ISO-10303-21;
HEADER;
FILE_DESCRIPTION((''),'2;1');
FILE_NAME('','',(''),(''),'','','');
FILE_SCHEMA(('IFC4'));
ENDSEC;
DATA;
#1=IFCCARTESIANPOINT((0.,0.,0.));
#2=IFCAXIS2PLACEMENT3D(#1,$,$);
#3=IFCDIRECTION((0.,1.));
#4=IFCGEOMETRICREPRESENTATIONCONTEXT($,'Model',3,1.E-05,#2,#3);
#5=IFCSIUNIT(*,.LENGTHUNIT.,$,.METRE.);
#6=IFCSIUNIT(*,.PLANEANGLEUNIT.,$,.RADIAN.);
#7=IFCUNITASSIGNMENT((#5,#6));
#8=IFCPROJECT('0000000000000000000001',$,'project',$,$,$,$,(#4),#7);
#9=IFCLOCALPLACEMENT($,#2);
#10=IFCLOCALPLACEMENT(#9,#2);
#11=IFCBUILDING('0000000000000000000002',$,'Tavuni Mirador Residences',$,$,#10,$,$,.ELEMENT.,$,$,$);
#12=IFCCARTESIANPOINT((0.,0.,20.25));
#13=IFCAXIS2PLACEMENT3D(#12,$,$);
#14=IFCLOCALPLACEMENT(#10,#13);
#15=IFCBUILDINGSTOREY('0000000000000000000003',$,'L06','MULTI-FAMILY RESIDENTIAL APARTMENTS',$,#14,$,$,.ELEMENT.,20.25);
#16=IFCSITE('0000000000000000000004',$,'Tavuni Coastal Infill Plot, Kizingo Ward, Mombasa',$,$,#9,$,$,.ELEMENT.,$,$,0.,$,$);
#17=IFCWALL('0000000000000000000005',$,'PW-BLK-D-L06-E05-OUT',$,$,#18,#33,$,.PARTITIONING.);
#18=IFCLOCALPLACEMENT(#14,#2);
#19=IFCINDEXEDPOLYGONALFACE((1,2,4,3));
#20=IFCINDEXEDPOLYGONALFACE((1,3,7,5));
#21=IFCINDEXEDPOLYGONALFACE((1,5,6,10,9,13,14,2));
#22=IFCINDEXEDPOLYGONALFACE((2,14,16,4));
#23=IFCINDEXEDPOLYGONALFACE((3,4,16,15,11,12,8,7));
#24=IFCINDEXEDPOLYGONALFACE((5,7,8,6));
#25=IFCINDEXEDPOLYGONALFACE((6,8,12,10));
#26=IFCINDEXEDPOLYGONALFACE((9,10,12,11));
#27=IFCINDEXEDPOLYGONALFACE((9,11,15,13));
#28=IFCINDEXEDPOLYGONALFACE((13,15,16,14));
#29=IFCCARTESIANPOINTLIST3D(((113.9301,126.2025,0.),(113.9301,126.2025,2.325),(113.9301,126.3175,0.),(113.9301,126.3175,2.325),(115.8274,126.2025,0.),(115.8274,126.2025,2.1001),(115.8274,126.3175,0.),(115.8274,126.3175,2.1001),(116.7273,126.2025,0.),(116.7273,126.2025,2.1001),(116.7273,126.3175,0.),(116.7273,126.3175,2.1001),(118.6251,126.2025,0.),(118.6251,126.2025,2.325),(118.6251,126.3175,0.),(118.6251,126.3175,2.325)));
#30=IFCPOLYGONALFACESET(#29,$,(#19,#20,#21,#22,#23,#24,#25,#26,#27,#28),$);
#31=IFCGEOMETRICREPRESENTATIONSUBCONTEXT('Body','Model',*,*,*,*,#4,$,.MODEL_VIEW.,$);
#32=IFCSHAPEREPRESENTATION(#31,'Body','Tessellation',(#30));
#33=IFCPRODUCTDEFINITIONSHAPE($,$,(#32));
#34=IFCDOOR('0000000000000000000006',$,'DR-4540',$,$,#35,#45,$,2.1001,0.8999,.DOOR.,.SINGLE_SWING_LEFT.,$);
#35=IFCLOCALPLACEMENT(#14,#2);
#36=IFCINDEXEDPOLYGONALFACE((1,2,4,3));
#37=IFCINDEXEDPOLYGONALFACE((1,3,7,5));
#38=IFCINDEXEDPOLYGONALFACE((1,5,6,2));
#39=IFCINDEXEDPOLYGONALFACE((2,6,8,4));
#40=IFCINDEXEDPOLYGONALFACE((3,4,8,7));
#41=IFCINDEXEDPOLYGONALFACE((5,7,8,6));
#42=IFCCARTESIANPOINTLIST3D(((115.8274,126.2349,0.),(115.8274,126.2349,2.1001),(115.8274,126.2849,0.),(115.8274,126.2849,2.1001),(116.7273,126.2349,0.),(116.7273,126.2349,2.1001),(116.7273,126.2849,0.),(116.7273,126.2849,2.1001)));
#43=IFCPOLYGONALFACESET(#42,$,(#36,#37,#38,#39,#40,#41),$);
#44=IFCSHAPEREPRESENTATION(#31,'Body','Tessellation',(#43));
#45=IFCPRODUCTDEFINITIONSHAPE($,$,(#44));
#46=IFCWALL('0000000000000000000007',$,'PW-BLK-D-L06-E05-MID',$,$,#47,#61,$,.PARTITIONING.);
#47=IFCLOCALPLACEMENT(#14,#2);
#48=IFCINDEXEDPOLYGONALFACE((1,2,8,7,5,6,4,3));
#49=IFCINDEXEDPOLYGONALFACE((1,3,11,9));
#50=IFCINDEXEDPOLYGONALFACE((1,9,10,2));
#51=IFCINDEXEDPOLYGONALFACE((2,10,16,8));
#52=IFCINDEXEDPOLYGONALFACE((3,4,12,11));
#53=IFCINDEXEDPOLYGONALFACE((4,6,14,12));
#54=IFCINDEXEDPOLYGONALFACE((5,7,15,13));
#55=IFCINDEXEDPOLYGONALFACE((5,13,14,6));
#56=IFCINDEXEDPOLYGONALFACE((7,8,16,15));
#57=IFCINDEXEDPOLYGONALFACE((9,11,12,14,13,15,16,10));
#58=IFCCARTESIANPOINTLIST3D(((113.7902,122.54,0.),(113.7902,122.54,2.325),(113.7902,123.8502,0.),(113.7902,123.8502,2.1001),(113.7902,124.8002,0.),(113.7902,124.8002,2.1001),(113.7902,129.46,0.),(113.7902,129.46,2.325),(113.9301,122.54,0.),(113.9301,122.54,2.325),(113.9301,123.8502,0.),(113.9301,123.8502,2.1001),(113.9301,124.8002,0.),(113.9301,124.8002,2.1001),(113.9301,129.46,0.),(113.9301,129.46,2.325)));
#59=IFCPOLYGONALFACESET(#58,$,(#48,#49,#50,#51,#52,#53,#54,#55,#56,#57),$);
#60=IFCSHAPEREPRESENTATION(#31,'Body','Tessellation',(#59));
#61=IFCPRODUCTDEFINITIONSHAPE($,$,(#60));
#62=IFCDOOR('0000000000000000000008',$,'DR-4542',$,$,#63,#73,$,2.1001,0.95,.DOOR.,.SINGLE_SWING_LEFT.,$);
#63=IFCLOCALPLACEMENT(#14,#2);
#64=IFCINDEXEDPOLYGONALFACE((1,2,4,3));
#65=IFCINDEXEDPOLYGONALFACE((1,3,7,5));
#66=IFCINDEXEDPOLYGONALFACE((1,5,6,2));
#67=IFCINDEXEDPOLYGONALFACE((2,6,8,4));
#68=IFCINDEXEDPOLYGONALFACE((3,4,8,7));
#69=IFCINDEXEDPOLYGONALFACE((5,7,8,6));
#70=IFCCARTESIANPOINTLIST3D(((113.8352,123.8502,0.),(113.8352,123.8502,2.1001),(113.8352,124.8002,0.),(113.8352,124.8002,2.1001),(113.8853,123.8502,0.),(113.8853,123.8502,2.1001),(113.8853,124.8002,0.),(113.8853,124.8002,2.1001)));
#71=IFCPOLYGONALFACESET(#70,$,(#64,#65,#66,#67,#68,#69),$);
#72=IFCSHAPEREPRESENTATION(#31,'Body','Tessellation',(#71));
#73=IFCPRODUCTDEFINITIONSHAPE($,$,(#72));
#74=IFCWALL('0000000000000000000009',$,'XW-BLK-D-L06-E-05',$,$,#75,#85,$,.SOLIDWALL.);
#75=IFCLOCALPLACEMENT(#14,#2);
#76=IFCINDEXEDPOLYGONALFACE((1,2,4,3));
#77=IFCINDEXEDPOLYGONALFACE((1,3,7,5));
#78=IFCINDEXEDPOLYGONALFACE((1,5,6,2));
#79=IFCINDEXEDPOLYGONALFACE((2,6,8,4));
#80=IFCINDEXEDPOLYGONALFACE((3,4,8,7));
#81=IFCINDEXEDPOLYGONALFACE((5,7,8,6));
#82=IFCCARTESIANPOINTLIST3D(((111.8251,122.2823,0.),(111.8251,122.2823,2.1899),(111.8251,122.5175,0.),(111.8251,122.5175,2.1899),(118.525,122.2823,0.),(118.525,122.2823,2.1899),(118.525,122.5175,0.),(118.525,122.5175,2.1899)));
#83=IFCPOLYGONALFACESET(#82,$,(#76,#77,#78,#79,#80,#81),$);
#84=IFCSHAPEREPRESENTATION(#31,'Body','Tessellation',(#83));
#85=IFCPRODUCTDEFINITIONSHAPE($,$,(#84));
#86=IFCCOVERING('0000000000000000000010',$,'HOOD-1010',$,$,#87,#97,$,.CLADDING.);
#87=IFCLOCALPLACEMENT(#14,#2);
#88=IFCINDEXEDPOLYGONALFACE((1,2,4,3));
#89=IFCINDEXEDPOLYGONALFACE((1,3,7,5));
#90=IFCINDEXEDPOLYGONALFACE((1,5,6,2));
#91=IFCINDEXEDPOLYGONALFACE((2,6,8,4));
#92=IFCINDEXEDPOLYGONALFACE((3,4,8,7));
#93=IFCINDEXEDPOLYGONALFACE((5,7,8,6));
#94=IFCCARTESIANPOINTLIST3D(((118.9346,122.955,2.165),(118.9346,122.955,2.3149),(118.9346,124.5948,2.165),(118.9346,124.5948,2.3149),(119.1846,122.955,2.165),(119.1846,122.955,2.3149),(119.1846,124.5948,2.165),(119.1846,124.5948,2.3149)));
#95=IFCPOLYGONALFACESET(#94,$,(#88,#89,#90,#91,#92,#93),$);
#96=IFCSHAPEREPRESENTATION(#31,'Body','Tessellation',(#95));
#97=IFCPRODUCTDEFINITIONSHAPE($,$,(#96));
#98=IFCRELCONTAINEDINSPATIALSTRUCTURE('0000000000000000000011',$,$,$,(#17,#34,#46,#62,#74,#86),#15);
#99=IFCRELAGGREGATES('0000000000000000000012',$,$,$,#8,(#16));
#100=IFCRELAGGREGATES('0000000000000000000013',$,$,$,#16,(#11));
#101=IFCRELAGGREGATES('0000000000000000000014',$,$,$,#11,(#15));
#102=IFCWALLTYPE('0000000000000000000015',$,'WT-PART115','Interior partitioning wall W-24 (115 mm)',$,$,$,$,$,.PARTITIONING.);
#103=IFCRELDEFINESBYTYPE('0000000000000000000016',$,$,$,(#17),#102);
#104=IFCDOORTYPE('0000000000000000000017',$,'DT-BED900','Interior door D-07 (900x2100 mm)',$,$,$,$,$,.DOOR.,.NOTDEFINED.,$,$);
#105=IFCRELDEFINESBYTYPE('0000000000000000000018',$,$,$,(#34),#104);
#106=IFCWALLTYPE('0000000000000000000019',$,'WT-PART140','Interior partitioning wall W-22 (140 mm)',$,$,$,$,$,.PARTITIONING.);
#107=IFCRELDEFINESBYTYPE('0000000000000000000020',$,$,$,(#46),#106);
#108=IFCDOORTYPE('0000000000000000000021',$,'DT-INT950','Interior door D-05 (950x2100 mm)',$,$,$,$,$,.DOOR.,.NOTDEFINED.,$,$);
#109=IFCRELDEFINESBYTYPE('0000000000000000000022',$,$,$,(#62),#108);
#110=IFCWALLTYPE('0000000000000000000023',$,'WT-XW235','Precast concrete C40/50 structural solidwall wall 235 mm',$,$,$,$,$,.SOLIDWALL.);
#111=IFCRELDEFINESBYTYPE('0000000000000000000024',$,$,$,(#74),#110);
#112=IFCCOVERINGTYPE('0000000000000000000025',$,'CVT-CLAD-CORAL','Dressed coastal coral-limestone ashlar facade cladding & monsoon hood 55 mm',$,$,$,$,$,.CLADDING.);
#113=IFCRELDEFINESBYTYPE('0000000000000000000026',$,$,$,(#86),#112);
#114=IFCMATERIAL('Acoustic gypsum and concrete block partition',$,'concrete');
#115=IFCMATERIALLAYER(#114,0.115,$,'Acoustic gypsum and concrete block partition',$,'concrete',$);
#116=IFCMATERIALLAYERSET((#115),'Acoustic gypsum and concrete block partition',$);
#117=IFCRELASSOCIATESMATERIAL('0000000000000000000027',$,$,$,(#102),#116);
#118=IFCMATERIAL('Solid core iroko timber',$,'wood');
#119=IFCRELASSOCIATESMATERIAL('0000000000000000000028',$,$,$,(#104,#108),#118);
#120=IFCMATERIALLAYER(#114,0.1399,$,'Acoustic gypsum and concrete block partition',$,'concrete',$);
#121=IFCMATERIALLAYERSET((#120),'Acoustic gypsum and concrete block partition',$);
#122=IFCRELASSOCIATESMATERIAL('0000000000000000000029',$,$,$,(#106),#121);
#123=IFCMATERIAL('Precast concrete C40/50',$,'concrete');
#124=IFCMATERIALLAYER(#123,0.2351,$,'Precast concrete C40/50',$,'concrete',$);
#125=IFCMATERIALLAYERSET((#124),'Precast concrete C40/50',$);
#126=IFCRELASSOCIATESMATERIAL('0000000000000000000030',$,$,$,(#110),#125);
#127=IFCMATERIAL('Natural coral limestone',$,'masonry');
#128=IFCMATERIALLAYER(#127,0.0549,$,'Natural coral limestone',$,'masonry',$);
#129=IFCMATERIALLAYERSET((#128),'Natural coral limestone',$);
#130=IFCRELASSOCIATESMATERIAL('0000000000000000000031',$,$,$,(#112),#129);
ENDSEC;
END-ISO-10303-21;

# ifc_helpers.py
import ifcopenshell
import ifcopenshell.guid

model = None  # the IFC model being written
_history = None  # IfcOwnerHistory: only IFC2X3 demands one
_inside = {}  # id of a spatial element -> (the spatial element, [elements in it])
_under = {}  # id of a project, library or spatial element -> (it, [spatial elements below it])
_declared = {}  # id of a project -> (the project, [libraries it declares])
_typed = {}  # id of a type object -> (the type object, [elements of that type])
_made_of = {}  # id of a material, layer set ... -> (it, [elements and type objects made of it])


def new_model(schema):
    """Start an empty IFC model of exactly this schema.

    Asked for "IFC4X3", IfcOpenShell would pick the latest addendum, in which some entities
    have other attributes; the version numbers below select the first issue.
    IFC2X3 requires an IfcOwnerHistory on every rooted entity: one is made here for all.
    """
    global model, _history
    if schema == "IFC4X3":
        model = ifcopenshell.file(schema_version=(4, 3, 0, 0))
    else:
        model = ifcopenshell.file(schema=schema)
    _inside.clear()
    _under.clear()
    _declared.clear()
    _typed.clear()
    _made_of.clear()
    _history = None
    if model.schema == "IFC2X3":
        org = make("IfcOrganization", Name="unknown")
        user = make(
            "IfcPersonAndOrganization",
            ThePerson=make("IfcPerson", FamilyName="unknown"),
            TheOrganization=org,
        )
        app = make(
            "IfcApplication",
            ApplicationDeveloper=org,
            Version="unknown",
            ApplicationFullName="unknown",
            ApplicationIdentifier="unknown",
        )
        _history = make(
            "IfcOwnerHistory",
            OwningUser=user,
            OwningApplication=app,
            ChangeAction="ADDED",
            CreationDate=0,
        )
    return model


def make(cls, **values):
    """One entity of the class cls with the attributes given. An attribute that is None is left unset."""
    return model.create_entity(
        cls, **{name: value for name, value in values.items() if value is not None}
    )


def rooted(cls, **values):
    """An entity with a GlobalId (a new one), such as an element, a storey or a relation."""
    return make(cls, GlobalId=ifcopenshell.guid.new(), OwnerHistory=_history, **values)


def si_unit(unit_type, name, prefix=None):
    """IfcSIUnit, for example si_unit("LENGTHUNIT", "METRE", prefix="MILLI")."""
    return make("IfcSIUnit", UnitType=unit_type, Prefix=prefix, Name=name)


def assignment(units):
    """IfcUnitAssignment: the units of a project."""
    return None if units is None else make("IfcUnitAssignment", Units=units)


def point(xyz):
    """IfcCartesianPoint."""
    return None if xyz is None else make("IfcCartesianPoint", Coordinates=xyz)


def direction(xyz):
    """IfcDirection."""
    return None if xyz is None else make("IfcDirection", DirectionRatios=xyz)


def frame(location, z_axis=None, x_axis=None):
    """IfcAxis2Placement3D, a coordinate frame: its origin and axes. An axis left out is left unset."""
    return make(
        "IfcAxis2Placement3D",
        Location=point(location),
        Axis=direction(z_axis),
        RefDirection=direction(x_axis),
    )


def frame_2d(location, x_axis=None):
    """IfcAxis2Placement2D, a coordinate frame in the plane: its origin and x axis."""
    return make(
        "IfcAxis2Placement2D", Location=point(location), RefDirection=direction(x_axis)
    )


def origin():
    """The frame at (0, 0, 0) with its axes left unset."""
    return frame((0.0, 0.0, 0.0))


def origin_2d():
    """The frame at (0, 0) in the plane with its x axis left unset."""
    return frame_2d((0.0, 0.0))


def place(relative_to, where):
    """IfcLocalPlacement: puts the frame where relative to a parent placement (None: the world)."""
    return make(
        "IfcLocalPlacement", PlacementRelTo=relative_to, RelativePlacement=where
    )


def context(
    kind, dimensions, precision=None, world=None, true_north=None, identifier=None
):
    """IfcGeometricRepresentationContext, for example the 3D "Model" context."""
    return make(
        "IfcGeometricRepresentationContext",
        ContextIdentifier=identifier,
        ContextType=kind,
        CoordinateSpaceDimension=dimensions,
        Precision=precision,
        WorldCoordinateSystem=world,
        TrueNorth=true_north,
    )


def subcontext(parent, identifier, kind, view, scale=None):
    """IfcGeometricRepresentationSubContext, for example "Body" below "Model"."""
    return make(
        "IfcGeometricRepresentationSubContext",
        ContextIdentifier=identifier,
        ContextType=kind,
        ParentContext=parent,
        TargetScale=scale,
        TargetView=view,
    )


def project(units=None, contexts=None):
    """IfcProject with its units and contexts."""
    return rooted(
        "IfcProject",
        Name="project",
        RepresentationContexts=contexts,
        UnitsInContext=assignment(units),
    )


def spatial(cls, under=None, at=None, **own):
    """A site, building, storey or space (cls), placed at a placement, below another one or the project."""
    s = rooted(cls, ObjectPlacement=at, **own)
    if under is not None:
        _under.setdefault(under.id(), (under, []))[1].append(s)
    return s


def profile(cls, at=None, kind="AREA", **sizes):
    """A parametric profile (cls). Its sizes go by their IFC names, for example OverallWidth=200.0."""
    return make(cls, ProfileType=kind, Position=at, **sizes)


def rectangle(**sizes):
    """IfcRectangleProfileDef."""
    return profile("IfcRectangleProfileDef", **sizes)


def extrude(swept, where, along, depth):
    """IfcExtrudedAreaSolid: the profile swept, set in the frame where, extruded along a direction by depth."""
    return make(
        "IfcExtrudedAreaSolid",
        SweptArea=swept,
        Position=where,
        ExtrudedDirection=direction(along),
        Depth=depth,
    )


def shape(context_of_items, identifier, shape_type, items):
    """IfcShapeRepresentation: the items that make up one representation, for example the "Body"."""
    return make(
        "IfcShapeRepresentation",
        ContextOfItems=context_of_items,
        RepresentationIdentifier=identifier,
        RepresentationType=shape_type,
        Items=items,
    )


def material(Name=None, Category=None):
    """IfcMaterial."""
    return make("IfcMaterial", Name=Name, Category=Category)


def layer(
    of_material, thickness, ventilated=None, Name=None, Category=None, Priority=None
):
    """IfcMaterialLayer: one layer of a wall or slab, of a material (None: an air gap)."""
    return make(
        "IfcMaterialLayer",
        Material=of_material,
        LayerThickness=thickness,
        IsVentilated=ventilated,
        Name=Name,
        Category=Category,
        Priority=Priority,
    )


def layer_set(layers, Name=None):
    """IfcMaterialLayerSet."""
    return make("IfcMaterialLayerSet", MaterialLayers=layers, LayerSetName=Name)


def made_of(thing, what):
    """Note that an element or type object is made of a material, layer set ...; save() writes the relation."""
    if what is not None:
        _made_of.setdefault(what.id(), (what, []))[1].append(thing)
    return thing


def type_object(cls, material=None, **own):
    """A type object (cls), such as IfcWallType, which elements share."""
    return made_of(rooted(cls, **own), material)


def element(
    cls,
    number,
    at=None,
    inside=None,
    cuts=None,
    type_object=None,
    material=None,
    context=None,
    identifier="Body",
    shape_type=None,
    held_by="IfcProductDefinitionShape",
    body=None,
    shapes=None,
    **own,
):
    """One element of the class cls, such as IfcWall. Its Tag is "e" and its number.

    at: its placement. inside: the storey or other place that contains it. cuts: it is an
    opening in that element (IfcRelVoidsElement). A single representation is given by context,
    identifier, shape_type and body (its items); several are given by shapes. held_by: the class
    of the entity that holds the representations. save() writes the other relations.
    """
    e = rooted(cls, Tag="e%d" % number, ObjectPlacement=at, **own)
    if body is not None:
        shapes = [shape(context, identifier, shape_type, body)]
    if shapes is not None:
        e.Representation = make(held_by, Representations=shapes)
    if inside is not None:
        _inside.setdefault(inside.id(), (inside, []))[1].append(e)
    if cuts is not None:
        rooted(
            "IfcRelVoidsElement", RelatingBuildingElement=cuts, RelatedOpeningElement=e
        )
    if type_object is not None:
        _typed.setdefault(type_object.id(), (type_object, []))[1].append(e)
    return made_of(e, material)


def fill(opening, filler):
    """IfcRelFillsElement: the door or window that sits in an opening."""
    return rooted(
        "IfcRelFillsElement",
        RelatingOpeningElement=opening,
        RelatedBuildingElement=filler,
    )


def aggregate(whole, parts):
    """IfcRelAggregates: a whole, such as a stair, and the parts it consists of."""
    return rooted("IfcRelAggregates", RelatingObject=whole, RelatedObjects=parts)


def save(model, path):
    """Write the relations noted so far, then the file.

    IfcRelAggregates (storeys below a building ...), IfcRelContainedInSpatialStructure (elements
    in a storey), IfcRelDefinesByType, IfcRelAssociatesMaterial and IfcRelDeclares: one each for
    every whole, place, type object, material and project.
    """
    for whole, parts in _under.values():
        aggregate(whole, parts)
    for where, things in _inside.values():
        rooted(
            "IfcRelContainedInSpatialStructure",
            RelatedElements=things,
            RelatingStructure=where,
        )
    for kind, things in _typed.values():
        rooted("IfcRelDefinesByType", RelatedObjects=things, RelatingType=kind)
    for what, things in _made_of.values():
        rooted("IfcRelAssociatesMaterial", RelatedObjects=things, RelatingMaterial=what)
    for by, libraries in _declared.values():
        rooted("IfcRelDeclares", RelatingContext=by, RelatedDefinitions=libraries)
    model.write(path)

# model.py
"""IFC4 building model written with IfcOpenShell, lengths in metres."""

from ifc_helpers import new_model, si_unit, direction, frame, frame_2d, origin, origin_2d, place, context, subcontext, project, spatial, rectangle, extrude, material, layer, layer_set, type_object, element, fill, save


model = new_model("IFC4")

# Units and contexts
model_context = context("Model", 3, precision=1e-05, world=origin(), true_north=direction((0.0, 1.0)))
body_context = subcontext(model_context, "Body", "Model", "MODEL_VIEW")
ifc_project = project(units=[si_unit("LENGTHUNIT", "METRE"), si_unit("PLANEANGLEUNIT", "RADIAN")], contexts=[model_context])

# Site, building, storey
site_placement = place(None, origin())
site = spatial("IfcSite", under=ifc_project, at=site_placement, Name="Tavuni Coastal Infill Plot, Kizingo Ward, Mombasa", CompositionType="ELEMENT", RefElevation=0.0)
building_placement = place(site_placement, origin())
building = spatial("IfcBuilding", under=site, at=building_placement, Name="Tavuni Mirador Residences", CompositionType="ELEMENT")
storey_placement = place(building_placement, frame((0.0, 0.0, 20.25)))
storey = spatial("IfcBuildingStorey", under=building, at=storey_placement, Name="L06", Description="MULTI-FAMILY RESIDENTIAL APARTMENTS", CompositionType="ELEMENT", Elevation=20.25)

# Shared definitions
ifc_material_1 = material(Name="Precast concrete C40/50", Category="concrete")

# Shared definitions
ifc_material_2 = material(Name="Solid core iroko timber", Category="wood")

# Walls, openings, doors
ifc_material_3 = material(Name="Acoustic gypsum and concrete block partition", Category="concrete")
ifc_layer_1 = layer(ifc_material_3, 0.115, Name="Acoustic gypsum and concrete block partition", Category="concrete")
ifc_layer_set_1 = layer_set([ifc_layer_1], Name="Acoustic gypsum and concrete block partition")
wall_type_1 = type_object("IfcWallType", Name="WT-PART115", Description="Interior partitioning wall W-24 (115 mm)", PredefinedType="PARTITIONING", material=ifc_layer_set_1)
wall_1_placement = place(storey_placement, frame((113.9299, 126.26, 0.0), z_axis=(0.0, 0.0, 1.0), x_axis=(1.0, 0.0, 0.0)))
wall_1 = element("IfcWall", 1, at=wall_1_placement, inside=storey, type_object=wall_type_1, Name="PW-BLK-D-L06-E05-OUT", PredefinedType="PARTITIONING", context=body_context, shape_type="SweptSolid", body=[
    extrude(rectangle(XDim=4.6951, YDim=0.115, at=frame_2d((2.3477, 0.0))), origin(), (0.0, 0.0, 1.0), 2.325),
])
opening_1_placement = place(wall_1_placement, frame((1.8975, 0.0, 0.0)))
opening_1 = element("IfcOpeningElement", 2, at=opening_1_placement, cuts=wall_1, PredefinedType="OPENING", context=body_context, shape_type="SweptSolid", body=[
    extrude(rectangle(XDim=0.8999, YDim=2.1001, at=frame_2d((0.45, 1.05))), frame((0.0, 0.0674, 0.0), z_axis=(0.0, -1.0, 0.0), x_axis=(1.0, 0.0, 0.0)), (0.0, 0.0, 1.0), 0.135),
])
door_type_1 = type_object("IfcDoorType", Name="DT-BED900", Description="Interior door D-07 (900x2100 mm)", OperationType="NOTDEFINED", PredefinedType="DOOR", material=ifc_material_2)
door_1_placement = place(opening_1_placement, origin())
door_1 = element("IfcDoor", 3, at=door_1_placement, inside=storey, type_object=door_type_1, Name="DR-4540", OperationType="SINGLE_SWING_LEFT", OverallHeight=2.1001, OverallWidth=0.8999, PredefinedType="DOOR", context=body_context, shape_type="SweptSolid", body=[
    extrude(rectangle(XDim=0.8999, YDim=2.1001, at=frame_2d((0.45, 1.05))), frame((0.0, 0.0249, 0.0), z_axis=(0.0, -1.0, 0.0), x_axis=(1.0, 0.0, 0.0)), (0.0, 0.0, 1.0), 0.05),
])
fill(opening_1, door_1)
ifc_layer_2 = layer(ifc_material_3, 0.1399, Name="Acoustic gypsum and concrete block partition", Category="concrete")
ifc_layer_set_2 = layer_set([ifc_layer_2], Name="Acoustic gypsum and concrete block partition")
wall_type_2 = type_object("IfcWallType", Name="WT-PART140", Description="Interior partitioning wall W-22 (140 mm)", PredefinedType="PARTITIONING", material=ifc_layer_set_2)
wall_2_placement = place(storey_placement, frame((113.8601, 122.54, 0.0), z_axis=(0.0, 0.0, 1.0), x_axis=(0.0, 1.0, 0.0)))
wall_2 = element("IfcWall", 4, at=wall_2_placement, inside=storey, type_object=wall_type_2, Name="PW-BLK-D-L06-E05-MID", PredefinedType="PARTITIONING", context=body_context, shape_type="SweptSolid", body=[
    extrude(rectangle(XDim=6.9199, YDim=0.1399, at=frame_2d((3.46, 0.0))), origin(), (0.0, 0.0, 1.0), 2.325),
])
opening_2_placement = place(wall_2_placement, frame((1.3101, 0.0, 0.0)))
opening_2 = element("IfcOpeningElement", 5, at=opening_2_placement, cuts=wall_2, PredefinedType="OPENING", context=body_context, shape_type="SweptSolid", body=[
    extrude(rectangle(XDim=0.95, YDim=2.1001, at=frame_2d((0.4751, 1.05))), frame((0.0, 0.0801, 0.0), z_axis=(0.0, -1.0, 0.0), x_axis=(1.0, 0.0, 0.0)), (0.0, 0.0, 1.0), 0.1599),
])
door_type_2 = type_object("IfcDoorType", Name="DT-INT950", Description="Interior door D-05 (950x2100 mm)", OperationType="NOTDEFINED", PredefinedType="DOOR", material=ifc_material_2)
door_2_placement = place(opening_2_placement, origin())
door_2 = element("IfcDoor", 6, at=door_2_placement, inside=storey, type_object=door_type_2, Name="DR-4542", OperationType="SINGLE_SWING_LEFT", OverallHeight=2.1001, OverallWidth=0.95, PredefinedType="DOOR", context=body_context, shape_type="SweptSolid", body=[
    extrude(rectangle(XDim=0.95, YDim=2.1001, at=frame_2d((0.4751, 1.05))), frame((0.0, 0.0249, 0.0), z_axis=(0.0, -1.0, 0.0), x_axis=(1.0, 0.0, 0.0)), (0.0, 0.0, 1.0), 0.05),
])
fill(opening_2, door_2)

# Wall
ifc_layer_3 = layer(ifc_material_1, 0.2351, Name="Precast concrete C40/50", Category="concrete")
ifc_layer_set_3 = layer_set([ifc_layer_3], Name="Precast concrete C40/50")
wall_type_3 = type_object("IfcWallType", Name="WT-XW235", Description="Precast concrete C40/50 structural solidwall wall 235 mm", PredefinedType="SOLIDWALL", material=ifc_layer_set_3)
wall_3_placement = place(storey_placement, frame((111.825, 122.3999, 0.0), z_axis=(0.0, 0.0, 1.0), x_axis=(1.0, 0.0, 0.0)))
element("IfcWall", 7, at=wall_3_placement, inside=storey, type_object=wall_type_3, Name="XW-BLK-D-L06-E-05", PredefinedType="SOLIDWALL", context=body_context, shape_type="SweptSolid", body=[
    extrude(rectangle(XDim=6.7, YDim=0.2351, at=frame_2d((3.3501, 0.0))), origin(), (0.0, 0.0, 1.0), 2.1899),
])

# Covering
ifc_material_4 = material(Name="Natural coral limestone", Category="masonry")
ifc_layer_4 = layer(ifc_material_4, 0.0549, Name="Natural coral limestone", Category="masonry")
ifc_layer_set_4 = layer_set([ifc_layer_4], Name="Natural coral limestone")
covering_type = type_object("IfcCoveringType", Name="CVT-CLAD-CORAL", Description="Dressed coastal coral-limestone ashlar facade cladding & monsoon hood 55 mm", PredefinedType="CLADDING", material=ifc_layer_set_4)
covering_placement = place(storey_placement, frame((119.0596, 123.7749, 2.165), z_axis=(0.0, 0.0, 1.0), x_axis=(0.0, 1.0, 0.0)))
element("IfcCovering", 8, at=covering_placement, inside=storey, type_object=covering_type, Name="HOOD-1010", PredefinedType="CLADDING", context=body_context, shape_type="SweptSolid", body=[
    extrude(rectangle(XDim=1.6399, YDim=0.25, at=origin_2d()), origin(), (0.0, 0.0, 1.0), 0.1499),
])

save(model, "model.ifc")
